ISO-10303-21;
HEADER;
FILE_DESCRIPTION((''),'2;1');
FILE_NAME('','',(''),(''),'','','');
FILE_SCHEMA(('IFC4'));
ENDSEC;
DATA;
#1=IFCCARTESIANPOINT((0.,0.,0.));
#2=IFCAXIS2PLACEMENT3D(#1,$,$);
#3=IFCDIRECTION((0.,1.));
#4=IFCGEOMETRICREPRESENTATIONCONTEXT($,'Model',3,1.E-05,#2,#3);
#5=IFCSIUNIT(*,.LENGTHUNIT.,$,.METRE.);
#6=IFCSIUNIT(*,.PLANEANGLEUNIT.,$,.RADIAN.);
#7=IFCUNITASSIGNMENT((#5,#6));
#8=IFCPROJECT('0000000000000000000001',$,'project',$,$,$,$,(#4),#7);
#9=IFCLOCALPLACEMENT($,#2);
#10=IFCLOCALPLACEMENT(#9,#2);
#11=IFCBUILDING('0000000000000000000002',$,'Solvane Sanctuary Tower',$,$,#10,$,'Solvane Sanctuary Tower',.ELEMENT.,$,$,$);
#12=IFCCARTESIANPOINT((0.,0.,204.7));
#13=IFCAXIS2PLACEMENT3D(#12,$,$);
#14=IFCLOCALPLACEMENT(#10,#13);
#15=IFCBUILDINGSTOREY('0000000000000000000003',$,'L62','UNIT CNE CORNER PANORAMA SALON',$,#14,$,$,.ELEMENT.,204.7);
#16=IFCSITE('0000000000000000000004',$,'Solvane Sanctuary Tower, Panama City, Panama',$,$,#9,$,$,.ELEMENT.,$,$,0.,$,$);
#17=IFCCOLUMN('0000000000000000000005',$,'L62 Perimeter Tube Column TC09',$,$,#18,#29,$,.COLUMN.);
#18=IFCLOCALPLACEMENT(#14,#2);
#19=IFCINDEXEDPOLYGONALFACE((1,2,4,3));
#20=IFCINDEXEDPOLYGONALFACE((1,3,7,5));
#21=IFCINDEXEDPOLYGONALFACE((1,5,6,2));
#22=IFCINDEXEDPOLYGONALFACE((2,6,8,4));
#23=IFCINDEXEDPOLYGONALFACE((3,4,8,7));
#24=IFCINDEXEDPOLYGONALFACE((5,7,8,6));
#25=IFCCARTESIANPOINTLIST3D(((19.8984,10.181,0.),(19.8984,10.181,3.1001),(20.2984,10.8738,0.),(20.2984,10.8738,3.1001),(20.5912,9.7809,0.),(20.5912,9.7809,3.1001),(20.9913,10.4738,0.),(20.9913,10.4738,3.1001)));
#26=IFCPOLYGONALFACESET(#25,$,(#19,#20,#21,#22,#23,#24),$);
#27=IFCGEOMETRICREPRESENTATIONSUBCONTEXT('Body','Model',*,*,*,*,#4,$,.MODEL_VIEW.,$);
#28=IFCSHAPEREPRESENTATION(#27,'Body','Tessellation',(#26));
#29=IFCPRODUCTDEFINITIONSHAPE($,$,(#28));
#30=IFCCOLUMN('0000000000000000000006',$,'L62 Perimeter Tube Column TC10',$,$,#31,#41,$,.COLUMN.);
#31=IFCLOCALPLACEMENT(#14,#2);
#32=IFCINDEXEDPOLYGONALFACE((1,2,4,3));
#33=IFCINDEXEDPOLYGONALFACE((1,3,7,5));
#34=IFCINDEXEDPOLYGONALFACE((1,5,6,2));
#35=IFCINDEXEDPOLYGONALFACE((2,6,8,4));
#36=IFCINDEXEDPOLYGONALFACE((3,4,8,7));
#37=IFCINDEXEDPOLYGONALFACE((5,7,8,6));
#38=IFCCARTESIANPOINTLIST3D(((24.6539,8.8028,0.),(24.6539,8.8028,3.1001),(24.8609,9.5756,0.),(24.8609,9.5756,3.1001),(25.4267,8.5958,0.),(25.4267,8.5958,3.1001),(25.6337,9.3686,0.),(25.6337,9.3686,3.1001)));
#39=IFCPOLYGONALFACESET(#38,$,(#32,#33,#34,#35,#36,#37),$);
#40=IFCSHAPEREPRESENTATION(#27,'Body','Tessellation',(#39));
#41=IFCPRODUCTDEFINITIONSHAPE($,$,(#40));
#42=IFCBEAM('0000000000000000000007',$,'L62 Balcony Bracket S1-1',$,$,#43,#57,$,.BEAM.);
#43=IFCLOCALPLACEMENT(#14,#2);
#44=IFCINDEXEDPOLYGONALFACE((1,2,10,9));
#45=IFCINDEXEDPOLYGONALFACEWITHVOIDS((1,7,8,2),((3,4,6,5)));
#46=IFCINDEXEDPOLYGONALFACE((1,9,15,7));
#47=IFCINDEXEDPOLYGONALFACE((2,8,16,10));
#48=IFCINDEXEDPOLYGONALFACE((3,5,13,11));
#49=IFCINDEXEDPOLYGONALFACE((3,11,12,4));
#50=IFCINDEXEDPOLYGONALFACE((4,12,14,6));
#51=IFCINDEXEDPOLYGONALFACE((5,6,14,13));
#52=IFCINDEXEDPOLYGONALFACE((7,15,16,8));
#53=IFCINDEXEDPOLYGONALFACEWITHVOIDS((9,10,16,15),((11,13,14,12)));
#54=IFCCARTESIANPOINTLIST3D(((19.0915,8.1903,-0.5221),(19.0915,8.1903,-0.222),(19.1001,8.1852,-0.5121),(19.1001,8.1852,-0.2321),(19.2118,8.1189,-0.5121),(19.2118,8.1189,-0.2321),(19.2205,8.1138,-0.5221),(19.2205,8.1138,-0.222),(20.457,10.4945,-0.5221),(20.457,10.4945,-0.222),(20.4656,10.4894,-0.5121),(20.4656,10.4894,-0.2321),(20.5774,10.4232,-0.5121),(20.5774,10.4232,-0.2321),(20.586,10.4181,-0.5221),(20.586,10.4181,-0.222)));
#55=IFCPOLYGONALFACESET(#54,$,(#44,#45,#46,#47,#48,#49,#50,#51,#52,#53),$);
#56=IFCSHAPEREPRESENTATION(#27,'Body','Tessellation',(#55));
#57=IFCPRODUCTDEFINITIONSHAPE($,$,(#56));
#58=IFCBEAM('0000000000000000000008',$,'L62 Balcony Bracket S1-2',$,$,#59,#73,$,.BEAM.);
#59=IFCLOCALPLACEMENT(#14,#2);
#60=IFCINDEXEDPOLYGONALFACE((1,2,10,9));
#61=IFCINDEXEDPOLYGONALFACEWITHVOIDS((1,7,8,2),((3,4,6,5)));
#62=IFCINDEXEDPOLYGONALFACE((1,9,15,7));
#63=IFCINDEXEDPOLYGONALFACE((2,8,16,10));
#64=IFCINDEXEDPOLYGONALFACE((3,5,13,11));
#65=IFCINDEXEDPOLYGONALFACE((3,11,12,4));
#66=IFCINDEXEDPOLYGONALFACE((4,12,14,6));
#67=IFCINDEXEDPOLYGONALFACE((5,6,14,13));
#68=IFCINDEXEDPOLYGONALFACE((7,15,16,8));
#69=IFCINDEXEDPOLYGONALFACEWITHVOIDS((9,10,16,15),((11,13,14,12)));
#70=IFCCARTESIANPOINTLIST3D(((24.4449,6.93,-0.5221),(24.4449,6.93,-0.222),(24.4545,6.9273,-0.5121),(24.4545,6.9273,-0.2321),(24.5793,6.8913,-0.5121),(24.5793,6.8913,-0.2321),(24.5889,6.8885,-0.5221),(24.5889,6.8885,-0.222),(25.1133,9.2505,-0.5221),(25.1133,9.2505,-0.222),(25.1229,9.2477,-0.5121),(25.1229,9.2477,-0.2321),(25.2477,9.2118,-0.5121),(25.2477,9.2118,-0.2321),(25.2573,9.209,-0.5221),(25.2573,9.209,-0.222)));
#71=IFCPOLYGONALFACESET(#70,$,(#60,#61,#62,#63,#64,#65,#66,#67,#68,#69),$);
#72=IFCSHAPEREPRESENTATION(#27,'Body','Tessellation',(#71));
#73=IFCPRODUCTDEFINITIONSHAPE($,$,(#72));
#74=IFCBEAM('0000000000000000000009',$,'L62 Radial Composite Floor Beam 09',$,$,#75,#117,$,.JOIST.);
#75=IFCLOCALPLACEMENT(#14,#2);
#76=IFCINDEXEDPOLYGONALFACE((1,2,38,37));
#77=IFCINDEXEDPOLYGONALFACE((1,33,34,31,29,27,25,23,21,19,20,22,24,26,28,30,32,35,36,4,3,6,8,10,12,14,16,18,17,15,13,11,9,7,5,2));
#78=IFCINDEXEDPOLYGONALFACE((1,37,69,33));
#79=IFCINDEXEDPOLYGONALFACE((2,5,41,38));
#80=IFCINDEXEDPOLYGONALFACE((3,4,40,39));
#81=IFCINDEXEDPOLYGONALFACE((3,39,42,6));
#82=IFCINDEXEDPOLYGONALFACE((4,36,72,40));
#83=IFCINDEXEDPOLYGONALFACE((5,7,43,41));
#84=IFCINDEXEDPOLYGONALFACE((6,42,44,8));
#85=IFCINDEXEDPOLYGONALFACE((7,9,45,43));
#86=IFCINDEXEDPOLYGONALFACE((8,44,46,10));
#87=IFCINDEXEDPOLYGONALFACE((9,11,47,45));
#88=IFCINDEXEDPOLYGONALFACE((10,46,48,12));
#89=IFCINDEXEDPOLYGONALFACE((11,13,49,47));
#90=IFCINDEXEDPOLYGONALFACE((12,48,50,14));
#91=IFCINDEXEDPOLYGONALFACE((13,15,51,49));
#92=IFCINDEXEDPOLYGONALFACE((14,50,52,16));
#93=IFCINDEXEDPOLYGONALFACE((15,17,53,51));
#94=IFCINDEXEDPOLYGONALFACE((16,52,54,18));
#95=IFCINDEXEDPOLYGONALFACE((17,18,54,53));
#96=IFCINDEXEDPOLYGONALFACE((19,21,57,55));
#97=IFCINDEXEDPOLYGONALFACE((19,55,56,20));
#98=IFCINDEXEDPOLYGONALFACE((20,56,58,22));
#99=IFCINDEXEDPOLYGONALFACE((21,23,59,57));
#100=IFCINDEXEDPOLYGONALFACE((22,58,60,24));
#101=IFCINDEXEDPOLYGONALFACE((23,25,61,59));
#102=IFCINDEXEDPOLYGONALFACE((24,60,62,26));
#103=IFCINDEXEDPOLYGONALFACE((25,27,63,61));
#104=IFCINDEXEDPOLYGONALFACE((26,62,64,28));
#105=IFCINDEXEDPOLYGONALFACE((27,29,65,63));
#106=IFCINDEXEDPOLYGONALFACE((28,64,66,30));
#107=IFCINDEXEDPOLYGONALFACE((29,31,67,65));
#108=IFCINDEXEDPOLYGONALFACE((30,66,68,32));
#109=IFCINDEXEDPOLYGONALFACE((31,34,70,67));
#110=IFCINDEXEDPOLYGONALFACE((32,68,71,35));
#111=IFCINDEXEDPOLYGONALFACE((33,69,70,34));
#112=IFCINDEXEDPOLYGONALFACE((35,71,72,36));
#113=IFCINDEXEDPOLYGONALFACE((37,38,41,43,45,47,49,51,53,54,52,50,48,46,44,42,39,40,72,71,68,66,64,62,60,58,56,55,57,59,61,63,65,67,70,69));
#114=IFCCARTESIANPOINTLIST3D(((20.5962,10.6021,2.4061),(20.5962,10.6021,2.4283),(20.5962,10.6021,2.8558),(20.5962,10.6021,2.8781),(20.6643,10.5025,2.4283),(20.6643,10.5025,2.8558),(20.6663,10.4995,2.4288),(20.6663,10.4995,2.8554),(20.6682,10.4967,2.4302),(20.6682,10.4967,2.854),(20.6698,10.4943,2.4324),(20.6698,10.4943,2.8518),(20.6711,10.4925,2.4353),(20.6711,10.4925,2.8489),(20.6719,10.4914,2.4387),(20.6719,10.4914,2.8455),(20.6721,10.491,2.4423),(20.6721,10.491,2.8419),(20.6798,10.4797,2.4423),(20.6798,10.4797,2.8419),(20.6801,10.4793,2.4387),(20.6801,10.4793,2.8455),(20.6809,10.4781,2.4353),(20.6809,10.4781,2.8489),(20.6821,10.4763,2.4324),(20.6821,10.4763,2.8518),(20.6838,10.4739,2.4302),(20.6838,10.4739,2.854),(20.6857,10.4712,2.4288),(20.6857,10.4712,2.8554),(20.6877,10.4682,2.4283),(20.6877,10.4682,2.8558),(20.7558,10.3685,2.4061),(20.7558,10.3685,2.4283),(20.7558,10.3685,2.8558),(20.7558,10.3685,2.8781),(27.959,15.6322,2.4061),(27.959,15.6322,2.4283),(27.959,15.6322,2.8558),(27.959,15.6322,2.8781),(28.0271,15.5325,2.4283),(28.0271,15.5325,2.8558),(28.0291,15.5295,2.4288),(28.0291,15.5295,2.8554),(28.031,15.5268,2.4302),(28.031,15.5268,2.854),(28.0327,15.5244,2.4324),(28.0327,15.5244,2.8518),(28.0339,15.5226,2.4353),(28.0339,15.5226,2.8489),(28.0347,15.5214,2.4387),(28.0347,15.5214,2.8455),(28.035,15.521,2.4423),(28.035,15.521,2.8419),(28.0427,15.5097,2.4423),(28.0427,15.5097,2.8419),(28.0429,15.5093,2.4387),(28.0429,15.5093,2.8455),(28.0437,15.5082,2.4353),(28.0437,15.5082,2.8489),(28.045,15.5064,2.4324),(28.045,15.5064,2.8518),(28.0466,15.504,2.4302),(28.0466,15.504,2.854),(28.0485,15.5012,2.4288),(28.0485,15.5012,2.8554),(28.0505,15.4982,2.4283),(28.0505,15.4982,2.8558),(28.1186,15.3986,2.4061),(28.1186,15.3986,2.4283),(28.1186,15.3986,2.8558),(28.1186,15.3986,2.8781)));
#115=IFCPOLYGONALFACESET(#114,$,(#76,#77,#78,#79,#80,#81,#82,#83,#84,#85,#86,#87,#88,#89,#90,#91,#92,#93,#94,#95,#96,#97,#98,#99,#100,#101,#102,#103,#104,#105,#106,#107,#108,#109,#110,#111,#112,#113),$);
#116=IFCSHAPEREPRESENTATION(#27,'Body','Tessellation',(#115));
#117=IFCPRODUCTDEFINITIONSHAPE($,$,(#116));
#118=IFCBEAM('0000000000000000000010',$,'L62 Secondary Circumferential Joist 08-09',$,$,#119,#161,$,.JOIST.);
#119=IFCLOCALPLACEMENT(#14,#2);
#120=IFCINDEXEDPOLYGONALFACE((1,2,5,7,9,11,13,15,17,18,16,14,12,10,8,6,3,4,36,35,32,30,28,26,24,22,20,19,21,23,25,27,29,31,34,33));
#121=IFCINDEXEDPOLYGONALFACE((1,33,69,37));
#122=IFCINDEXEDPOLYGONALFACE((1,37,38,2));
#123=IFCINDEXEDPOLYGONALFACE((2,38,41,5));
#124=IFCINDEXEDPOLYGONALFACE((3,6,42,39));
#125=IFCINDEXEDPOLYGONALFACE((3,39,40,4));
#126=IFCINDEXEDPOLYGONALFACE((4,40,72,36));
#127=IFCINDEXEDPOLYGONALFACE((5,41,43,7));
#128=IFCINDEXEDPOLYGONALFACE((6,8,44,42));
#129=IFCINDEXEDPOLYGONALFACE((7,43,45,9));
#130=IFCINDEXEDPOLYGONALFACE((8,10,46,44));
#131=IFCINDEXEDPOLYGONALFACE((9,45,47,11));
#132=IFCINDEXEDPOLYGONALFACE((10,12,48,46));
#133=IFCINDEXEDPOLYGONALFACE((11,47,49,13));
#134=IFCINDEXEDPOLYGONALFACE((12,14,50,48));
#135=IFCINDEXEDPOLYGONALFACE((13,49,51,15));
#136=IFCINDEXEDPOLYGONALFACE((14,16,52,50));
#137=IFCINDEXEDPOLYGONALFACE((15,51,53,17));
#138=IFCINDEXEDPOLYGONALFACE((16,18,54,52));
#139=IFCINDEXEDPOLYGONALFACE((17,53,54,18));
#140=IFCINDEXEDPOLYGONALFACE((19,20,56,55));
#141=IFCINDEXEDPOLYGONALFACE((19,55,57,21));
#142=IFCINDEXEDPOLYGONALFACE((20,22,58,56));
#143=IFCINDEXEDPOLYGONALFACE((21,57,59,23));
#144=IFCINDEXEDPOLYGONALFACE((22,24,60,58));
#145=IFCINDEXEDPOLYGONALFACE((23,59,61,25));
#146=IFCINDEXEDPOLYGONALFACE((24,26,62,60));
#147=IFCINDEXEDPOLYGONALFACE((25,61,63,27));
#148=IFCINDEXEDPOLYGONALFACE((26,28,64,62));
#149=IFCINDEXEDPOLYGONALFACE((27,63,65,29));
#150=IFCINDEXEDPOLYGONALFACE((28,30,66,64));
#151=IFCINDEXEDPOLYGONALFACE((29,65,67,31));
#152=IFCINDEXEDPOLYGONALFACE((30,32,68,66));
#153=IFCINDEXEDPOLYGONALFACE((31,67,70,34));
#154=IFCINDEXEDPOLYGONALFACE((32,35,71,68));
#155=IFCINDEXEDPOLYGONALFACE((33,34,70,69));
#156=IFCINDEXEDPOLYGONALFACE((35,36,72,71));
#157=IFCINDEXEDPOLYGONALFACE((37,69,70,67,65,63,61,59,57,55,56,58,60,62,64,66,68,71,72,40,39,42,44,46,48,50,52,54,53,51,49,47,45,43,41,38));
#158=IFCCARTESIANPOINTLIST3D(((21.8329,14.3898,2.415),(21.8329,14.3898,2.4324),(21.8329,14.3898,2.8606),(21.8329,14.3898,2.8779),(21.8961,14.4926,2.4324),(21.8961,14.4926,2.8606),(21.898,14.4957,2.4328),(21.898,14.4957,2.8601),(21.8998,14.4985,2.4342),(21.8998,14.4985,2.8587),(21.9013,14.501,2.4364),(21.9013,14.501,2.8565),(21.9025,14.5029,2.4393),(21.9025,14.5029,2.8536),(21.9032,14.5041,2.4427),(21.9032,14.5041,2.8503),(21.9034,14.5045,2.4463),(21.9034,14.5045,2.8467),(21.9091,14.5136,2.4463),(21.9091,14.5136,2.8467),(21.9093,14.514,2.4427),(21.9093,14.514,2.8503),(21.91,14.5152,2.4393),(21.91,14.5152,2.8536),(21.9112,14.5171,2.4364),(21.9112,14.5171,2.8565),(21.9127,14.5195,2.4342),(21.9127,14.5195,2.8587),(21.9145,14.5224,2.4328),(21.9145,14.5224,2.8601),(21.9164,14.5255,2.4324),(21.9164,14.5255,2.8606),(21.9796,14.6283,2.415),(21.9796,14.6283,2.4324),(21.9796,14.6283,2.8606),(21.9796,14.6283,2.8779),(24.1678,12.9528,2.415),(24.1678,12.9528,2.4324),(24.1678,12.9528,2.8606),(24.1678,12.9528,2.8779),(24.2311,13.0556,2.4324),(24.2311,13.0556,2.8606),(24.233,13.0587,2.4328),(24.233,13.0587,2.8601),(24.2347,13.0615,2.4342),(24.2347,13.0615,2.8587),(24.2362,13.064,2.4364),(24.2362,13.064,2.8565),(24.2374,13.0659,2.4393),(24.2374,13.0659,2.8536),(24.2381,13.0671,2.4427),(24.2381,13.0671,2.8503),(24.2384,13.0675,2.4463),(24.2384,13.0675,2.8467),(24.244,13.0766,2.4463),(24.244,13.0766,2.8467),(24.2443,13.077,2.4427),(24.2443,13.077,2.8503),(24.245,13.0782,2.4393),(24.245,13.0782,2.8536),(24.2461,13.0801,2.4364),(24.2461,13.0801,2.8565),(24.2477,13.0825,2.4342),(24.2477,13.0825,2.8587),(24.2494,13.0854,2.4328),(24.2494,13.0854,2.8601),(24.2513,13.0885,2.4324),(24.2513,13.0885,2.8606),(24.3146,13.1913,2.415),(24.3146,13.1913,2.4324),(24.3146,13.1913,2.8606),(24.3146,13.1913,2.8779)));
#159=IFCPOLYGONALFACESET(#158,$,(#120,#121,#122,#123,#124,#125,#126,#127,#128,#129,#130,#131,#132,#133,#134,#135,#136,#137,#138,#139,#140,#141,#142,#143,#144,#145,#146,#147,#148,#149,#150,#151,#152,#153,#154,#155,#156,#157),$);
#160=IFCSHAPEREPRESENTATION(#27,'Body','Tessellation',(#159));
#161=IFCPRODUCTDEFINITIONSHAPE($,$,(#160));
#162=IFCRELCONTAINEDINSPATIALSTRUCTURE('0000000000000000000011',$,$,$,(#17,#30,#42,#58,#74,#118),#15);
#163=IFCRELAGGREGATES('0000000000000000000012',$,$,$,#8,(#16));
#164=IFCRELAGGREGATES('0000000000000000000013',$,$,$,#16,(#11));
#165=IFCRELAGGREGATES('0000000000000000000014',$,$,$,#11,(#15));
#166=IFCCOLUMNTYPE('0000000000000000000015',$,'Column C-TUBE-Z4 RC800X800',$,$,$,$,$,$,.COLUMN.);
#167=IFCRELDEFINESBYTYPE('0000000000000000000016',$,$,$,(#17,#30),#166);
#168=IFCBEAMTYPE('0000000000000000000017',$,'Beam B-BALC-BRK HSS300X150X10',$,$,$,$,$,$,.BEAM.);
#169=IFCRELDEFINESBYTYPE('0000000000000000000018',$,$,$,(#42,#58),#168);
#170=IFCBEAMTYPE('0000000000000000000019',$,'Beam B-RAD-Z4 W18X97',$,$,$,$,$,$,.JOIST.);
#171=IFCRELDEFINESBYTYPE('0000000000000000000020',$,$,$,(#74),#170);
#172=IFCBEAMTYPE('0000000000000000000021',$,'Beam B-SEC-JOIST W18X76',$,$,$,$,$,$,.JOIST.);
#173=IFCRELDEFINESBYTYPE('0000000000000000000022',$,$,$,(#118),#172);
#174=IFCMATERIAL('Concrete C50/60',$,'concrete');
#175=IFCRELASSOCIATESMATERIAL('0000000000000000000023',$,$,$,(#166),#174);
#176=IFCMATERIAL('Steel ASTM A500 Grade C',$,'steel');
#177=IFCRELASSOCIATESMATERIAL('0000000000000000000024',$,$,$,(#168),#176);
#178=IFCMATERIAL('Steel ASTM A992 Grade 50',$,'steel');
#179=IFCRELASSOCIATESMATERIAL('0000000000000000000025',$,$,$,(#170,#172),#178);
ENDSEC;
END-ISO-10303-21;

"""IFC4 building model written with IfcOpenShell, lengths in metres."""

from ifc_helpers import new_model, si_unit, direction, frame, origin, origin_2d, place, context, subcontext, project, spatial, rectangle, hollow_rectangle, i_section, extrude, material, material_profile, profile_set, type_object, element, save


model = new_model("IFC4")

# Units and contexts
model_context = context("Model", 3, precision=1e-05, world=origin(), true_north=direction((0.0, 1.0)))
body_context = subcontext(model_context, "Body", "Model", "MODEL_VIEW")
ifc_project = project(units=[si_unit("LENGTHUNIT", "METRE"), si_unit("PLANEANGLEUNIT", "RADIAN")], contexts=[model_context])

# Site, building, storey
site_placement = place(None, origin())
site = spatial("IfcSite", under=ifc_project, at=site_placement, Name="Solvane Sanctuary Tower, Panama City, Panama", CompositionType="ELEMENT", RefElevation=0.0)
building_placement = place(site_placement, origin())
building = spatial("IfcBuilding", under=site, at=building_placement, Name="Solvane Sanctuary Tower", LongName="Solvane Sanctuary Tower", CompositionType="ELEMENT")
storey_placement = place(building_placement, frame((0.0, 0.0, 204.7)))
storey = spatial("IfcBuildingStorey", under=building, at=storey_placement, Name="L62", Description="UNIT CNE CORNER PANORAMA SALON", CompositionType="ELEMENT", Elevation=204.7)

# Columns
ifc_material_1 = material(Name="Concrete C50/60", Category="concrete")
ifc_material_profile_1 = material_profile(ifc_material_1, rectangle(XDim=0.8, YDim=0.8, at=origin_2d()), Name="RC800X800")
ifc_profile_set_1 = profile_set([ifc_material_profile_1], Name="Concrete C50/60")
column_type = type_object("IfcColumnType", Name="Column C-TUBE-Z4 RC800X800", PredefinedType="COLUMN", material=ifc_profile_set_1)
for number, where, z_axis, x_axis, name in (
    (1, (20.4448, 10.3274, 0.0), (0.0, 0.0, 1.0), (-0.5, -0.866025, 0.0), "L62 Perimeter Tube Column TC09"),
    (2, (25.1438, 9.0857, 0.0), (0.0, 0.0, 1.0), (-0.258819, -0.965926, 0.0), "L62 Perimeter Tube Column TC10"),
):
    element("IfcColumn", number, at=place(storey_placement, frame(where, z_axis=z_axis, x_axis=x_axis)), inside=storey, type_object=column_type, Name=name, PredefinedType="COLUMN", context=body_context, shape_type="SweptSolid", body=[
        extrude(rectangle(XDim=0.8, YDim=0.8, at=origin_2d()), origin(), (0.0, 0.0, 1.0), 3.1001),
    ])

# Beams
ifc_material_2 = material(Name="Steel ASTM A500 Grade C", Category="steel")
ifc_material_profile_2 = material_profile(ifc_material_2, hollow_rectangle(XDim=0.1499, YDim=0.3, WallThickness=0.01, at=origin_2d()), Name="HSS300X150X10")
ifc_profile_set_2 = profile_set([ifc_material_profile_2], Name="Steel ASTM A500 Grade C")
beam_type_1 = type_object("IfcBeamType", Name="Beam B-BALC-BRK HSS300X150X10", PredefinedType="BEAM", material=ifc_profile_set_2)
beam_1_placement = place(storey_placement, frame((20.5215, 10.4563, -0.3721), z_axis=(-0.50981, -0.860287, 0.0), x_axis=(0.860287, -0.50981, 0.0)))
element("IfcBeam", 3, at=beam_1_placement, inside=storey, type_object=beam_type_1, Name="L62 Balcony Bracket S1-1", PredefinedType="BEAM", context=body_context, shape_type="SweptSolid", body=[
    extrude(hollow_rectangle(XDim=0.1499, YDim=0.3, WallThickness=0.01, at=origin_2d()), origin(), (0.0, 0.0, 1.0), 2.6785),
])
beam_2_placement = place(storey_placement, frame((25.1853, 9.2297, -0.3721), z_axis=(-0.276803, -0.960927, 0.0), x_axis=(0.960927, -0.276803, 0.0)))
element("IfcBeam", 4, at=beam_2_placement, inside=storey, type_object=beam_type_1, Name="L62 Balcony Bracket S1-2", PredefinedType="BEAM", context=body_context, shape_type="SweptSolid", body=[
    extrude(hollow_rectangle(XDim=0.1499, YDim=0.3, WallThickness=0.01, at=origin_2d()), origin(), (0.0, 0.0, 1.0), 2.4148),
])
ifc_material_3 = material(Name="Steel ASTM A992 Grade 50", Category="steel")
ifc_material_profile_3 = material_profile(ifc_material_3, i_section(OverallWidth=0.283, OverallDepth=0.4719, WebThickness=0.0137, FlangeThickness=0.0222, FilletRadius=0.0139, at=origin_2d()), Name="W18X97")
ifc_profile_set_3 = profile_set([ifc_material_profile_3], Name="Steel ASTM A992 Grade 50")
beam_type_2 = type_object("IfcBeamType", Name="Beam B-RAD-Z4 W18X97", PredefinedType="JOIST", material=ifc_profile_set_3)
beam_3_placement = place(storey_placement, frame((28.0388, 15.5154, 2.6421), z_axis=(-0.825708, -0.564098, 0.0), x_axis=(0.564098, -0.825708, 0.0)))
element("IfcBeam", 5, at=beam_3_placement, inside=storey, type_object=beam_type_2, Name="L62 Radial Composite Floor Beam 09", PredefinedType="JOIST", context=body_context, shape_type="SweptSolid", body=[
    extrude(i_section(OverallWidth=0.283, OverallDepth=0.4719, WebThickness=0.0137, FlangeThickness=0.0222, FilletRadius=0.0139, at=origin_2d()), origin(), (0.0, 0.0, 1.0), 8.917),
])
ifc_material_profile_4 = material_profile(ifc_material_3, i_section(OverallWidth=0.28, OverallDepth=0.4629, WebThickness=0.0107, FlangeThickness=0.0173, FilletRadius=0.0139, at=origin_2d()), Name="W18X76")
ifc_profile_set_4 = profile_set([ifc_material_profile_4], Name="Steel ASTM A992 Grade 50")
beam_type_3 = type_object("IfcBeamType", Name="Beam B-SEC-JOIST W18X76", PredefinedType="JOIST", material=ifc_profile_set_4)
beam_4_placement = place(storey_placement, frame((21.9062, 14.509, 2.6465), z_axis=(0.85164, -0.524127, 0.0), x_axis=(0.524127, 0.85164, 0.0)))
element("IfcBeam", 6, at=beam_4_placement, inside=storey, type_object=beam_type_3, Name="L62 Secondary Circumferential Joist 08-09", PredefinedType="JOIST", context=body_context, shape_type="SweptSolid", body=[
    extrude(i_section(OverallWidth=0.28, OverallDepth=0.4629, WebThickness=0.0107, FlangeThickness=0.0173, FilletRadius=0.0139, at=origin_2d()), origin(), (0.0, 0.0, 1.0), 2.7417),
])

save(model, "model.ifc")
